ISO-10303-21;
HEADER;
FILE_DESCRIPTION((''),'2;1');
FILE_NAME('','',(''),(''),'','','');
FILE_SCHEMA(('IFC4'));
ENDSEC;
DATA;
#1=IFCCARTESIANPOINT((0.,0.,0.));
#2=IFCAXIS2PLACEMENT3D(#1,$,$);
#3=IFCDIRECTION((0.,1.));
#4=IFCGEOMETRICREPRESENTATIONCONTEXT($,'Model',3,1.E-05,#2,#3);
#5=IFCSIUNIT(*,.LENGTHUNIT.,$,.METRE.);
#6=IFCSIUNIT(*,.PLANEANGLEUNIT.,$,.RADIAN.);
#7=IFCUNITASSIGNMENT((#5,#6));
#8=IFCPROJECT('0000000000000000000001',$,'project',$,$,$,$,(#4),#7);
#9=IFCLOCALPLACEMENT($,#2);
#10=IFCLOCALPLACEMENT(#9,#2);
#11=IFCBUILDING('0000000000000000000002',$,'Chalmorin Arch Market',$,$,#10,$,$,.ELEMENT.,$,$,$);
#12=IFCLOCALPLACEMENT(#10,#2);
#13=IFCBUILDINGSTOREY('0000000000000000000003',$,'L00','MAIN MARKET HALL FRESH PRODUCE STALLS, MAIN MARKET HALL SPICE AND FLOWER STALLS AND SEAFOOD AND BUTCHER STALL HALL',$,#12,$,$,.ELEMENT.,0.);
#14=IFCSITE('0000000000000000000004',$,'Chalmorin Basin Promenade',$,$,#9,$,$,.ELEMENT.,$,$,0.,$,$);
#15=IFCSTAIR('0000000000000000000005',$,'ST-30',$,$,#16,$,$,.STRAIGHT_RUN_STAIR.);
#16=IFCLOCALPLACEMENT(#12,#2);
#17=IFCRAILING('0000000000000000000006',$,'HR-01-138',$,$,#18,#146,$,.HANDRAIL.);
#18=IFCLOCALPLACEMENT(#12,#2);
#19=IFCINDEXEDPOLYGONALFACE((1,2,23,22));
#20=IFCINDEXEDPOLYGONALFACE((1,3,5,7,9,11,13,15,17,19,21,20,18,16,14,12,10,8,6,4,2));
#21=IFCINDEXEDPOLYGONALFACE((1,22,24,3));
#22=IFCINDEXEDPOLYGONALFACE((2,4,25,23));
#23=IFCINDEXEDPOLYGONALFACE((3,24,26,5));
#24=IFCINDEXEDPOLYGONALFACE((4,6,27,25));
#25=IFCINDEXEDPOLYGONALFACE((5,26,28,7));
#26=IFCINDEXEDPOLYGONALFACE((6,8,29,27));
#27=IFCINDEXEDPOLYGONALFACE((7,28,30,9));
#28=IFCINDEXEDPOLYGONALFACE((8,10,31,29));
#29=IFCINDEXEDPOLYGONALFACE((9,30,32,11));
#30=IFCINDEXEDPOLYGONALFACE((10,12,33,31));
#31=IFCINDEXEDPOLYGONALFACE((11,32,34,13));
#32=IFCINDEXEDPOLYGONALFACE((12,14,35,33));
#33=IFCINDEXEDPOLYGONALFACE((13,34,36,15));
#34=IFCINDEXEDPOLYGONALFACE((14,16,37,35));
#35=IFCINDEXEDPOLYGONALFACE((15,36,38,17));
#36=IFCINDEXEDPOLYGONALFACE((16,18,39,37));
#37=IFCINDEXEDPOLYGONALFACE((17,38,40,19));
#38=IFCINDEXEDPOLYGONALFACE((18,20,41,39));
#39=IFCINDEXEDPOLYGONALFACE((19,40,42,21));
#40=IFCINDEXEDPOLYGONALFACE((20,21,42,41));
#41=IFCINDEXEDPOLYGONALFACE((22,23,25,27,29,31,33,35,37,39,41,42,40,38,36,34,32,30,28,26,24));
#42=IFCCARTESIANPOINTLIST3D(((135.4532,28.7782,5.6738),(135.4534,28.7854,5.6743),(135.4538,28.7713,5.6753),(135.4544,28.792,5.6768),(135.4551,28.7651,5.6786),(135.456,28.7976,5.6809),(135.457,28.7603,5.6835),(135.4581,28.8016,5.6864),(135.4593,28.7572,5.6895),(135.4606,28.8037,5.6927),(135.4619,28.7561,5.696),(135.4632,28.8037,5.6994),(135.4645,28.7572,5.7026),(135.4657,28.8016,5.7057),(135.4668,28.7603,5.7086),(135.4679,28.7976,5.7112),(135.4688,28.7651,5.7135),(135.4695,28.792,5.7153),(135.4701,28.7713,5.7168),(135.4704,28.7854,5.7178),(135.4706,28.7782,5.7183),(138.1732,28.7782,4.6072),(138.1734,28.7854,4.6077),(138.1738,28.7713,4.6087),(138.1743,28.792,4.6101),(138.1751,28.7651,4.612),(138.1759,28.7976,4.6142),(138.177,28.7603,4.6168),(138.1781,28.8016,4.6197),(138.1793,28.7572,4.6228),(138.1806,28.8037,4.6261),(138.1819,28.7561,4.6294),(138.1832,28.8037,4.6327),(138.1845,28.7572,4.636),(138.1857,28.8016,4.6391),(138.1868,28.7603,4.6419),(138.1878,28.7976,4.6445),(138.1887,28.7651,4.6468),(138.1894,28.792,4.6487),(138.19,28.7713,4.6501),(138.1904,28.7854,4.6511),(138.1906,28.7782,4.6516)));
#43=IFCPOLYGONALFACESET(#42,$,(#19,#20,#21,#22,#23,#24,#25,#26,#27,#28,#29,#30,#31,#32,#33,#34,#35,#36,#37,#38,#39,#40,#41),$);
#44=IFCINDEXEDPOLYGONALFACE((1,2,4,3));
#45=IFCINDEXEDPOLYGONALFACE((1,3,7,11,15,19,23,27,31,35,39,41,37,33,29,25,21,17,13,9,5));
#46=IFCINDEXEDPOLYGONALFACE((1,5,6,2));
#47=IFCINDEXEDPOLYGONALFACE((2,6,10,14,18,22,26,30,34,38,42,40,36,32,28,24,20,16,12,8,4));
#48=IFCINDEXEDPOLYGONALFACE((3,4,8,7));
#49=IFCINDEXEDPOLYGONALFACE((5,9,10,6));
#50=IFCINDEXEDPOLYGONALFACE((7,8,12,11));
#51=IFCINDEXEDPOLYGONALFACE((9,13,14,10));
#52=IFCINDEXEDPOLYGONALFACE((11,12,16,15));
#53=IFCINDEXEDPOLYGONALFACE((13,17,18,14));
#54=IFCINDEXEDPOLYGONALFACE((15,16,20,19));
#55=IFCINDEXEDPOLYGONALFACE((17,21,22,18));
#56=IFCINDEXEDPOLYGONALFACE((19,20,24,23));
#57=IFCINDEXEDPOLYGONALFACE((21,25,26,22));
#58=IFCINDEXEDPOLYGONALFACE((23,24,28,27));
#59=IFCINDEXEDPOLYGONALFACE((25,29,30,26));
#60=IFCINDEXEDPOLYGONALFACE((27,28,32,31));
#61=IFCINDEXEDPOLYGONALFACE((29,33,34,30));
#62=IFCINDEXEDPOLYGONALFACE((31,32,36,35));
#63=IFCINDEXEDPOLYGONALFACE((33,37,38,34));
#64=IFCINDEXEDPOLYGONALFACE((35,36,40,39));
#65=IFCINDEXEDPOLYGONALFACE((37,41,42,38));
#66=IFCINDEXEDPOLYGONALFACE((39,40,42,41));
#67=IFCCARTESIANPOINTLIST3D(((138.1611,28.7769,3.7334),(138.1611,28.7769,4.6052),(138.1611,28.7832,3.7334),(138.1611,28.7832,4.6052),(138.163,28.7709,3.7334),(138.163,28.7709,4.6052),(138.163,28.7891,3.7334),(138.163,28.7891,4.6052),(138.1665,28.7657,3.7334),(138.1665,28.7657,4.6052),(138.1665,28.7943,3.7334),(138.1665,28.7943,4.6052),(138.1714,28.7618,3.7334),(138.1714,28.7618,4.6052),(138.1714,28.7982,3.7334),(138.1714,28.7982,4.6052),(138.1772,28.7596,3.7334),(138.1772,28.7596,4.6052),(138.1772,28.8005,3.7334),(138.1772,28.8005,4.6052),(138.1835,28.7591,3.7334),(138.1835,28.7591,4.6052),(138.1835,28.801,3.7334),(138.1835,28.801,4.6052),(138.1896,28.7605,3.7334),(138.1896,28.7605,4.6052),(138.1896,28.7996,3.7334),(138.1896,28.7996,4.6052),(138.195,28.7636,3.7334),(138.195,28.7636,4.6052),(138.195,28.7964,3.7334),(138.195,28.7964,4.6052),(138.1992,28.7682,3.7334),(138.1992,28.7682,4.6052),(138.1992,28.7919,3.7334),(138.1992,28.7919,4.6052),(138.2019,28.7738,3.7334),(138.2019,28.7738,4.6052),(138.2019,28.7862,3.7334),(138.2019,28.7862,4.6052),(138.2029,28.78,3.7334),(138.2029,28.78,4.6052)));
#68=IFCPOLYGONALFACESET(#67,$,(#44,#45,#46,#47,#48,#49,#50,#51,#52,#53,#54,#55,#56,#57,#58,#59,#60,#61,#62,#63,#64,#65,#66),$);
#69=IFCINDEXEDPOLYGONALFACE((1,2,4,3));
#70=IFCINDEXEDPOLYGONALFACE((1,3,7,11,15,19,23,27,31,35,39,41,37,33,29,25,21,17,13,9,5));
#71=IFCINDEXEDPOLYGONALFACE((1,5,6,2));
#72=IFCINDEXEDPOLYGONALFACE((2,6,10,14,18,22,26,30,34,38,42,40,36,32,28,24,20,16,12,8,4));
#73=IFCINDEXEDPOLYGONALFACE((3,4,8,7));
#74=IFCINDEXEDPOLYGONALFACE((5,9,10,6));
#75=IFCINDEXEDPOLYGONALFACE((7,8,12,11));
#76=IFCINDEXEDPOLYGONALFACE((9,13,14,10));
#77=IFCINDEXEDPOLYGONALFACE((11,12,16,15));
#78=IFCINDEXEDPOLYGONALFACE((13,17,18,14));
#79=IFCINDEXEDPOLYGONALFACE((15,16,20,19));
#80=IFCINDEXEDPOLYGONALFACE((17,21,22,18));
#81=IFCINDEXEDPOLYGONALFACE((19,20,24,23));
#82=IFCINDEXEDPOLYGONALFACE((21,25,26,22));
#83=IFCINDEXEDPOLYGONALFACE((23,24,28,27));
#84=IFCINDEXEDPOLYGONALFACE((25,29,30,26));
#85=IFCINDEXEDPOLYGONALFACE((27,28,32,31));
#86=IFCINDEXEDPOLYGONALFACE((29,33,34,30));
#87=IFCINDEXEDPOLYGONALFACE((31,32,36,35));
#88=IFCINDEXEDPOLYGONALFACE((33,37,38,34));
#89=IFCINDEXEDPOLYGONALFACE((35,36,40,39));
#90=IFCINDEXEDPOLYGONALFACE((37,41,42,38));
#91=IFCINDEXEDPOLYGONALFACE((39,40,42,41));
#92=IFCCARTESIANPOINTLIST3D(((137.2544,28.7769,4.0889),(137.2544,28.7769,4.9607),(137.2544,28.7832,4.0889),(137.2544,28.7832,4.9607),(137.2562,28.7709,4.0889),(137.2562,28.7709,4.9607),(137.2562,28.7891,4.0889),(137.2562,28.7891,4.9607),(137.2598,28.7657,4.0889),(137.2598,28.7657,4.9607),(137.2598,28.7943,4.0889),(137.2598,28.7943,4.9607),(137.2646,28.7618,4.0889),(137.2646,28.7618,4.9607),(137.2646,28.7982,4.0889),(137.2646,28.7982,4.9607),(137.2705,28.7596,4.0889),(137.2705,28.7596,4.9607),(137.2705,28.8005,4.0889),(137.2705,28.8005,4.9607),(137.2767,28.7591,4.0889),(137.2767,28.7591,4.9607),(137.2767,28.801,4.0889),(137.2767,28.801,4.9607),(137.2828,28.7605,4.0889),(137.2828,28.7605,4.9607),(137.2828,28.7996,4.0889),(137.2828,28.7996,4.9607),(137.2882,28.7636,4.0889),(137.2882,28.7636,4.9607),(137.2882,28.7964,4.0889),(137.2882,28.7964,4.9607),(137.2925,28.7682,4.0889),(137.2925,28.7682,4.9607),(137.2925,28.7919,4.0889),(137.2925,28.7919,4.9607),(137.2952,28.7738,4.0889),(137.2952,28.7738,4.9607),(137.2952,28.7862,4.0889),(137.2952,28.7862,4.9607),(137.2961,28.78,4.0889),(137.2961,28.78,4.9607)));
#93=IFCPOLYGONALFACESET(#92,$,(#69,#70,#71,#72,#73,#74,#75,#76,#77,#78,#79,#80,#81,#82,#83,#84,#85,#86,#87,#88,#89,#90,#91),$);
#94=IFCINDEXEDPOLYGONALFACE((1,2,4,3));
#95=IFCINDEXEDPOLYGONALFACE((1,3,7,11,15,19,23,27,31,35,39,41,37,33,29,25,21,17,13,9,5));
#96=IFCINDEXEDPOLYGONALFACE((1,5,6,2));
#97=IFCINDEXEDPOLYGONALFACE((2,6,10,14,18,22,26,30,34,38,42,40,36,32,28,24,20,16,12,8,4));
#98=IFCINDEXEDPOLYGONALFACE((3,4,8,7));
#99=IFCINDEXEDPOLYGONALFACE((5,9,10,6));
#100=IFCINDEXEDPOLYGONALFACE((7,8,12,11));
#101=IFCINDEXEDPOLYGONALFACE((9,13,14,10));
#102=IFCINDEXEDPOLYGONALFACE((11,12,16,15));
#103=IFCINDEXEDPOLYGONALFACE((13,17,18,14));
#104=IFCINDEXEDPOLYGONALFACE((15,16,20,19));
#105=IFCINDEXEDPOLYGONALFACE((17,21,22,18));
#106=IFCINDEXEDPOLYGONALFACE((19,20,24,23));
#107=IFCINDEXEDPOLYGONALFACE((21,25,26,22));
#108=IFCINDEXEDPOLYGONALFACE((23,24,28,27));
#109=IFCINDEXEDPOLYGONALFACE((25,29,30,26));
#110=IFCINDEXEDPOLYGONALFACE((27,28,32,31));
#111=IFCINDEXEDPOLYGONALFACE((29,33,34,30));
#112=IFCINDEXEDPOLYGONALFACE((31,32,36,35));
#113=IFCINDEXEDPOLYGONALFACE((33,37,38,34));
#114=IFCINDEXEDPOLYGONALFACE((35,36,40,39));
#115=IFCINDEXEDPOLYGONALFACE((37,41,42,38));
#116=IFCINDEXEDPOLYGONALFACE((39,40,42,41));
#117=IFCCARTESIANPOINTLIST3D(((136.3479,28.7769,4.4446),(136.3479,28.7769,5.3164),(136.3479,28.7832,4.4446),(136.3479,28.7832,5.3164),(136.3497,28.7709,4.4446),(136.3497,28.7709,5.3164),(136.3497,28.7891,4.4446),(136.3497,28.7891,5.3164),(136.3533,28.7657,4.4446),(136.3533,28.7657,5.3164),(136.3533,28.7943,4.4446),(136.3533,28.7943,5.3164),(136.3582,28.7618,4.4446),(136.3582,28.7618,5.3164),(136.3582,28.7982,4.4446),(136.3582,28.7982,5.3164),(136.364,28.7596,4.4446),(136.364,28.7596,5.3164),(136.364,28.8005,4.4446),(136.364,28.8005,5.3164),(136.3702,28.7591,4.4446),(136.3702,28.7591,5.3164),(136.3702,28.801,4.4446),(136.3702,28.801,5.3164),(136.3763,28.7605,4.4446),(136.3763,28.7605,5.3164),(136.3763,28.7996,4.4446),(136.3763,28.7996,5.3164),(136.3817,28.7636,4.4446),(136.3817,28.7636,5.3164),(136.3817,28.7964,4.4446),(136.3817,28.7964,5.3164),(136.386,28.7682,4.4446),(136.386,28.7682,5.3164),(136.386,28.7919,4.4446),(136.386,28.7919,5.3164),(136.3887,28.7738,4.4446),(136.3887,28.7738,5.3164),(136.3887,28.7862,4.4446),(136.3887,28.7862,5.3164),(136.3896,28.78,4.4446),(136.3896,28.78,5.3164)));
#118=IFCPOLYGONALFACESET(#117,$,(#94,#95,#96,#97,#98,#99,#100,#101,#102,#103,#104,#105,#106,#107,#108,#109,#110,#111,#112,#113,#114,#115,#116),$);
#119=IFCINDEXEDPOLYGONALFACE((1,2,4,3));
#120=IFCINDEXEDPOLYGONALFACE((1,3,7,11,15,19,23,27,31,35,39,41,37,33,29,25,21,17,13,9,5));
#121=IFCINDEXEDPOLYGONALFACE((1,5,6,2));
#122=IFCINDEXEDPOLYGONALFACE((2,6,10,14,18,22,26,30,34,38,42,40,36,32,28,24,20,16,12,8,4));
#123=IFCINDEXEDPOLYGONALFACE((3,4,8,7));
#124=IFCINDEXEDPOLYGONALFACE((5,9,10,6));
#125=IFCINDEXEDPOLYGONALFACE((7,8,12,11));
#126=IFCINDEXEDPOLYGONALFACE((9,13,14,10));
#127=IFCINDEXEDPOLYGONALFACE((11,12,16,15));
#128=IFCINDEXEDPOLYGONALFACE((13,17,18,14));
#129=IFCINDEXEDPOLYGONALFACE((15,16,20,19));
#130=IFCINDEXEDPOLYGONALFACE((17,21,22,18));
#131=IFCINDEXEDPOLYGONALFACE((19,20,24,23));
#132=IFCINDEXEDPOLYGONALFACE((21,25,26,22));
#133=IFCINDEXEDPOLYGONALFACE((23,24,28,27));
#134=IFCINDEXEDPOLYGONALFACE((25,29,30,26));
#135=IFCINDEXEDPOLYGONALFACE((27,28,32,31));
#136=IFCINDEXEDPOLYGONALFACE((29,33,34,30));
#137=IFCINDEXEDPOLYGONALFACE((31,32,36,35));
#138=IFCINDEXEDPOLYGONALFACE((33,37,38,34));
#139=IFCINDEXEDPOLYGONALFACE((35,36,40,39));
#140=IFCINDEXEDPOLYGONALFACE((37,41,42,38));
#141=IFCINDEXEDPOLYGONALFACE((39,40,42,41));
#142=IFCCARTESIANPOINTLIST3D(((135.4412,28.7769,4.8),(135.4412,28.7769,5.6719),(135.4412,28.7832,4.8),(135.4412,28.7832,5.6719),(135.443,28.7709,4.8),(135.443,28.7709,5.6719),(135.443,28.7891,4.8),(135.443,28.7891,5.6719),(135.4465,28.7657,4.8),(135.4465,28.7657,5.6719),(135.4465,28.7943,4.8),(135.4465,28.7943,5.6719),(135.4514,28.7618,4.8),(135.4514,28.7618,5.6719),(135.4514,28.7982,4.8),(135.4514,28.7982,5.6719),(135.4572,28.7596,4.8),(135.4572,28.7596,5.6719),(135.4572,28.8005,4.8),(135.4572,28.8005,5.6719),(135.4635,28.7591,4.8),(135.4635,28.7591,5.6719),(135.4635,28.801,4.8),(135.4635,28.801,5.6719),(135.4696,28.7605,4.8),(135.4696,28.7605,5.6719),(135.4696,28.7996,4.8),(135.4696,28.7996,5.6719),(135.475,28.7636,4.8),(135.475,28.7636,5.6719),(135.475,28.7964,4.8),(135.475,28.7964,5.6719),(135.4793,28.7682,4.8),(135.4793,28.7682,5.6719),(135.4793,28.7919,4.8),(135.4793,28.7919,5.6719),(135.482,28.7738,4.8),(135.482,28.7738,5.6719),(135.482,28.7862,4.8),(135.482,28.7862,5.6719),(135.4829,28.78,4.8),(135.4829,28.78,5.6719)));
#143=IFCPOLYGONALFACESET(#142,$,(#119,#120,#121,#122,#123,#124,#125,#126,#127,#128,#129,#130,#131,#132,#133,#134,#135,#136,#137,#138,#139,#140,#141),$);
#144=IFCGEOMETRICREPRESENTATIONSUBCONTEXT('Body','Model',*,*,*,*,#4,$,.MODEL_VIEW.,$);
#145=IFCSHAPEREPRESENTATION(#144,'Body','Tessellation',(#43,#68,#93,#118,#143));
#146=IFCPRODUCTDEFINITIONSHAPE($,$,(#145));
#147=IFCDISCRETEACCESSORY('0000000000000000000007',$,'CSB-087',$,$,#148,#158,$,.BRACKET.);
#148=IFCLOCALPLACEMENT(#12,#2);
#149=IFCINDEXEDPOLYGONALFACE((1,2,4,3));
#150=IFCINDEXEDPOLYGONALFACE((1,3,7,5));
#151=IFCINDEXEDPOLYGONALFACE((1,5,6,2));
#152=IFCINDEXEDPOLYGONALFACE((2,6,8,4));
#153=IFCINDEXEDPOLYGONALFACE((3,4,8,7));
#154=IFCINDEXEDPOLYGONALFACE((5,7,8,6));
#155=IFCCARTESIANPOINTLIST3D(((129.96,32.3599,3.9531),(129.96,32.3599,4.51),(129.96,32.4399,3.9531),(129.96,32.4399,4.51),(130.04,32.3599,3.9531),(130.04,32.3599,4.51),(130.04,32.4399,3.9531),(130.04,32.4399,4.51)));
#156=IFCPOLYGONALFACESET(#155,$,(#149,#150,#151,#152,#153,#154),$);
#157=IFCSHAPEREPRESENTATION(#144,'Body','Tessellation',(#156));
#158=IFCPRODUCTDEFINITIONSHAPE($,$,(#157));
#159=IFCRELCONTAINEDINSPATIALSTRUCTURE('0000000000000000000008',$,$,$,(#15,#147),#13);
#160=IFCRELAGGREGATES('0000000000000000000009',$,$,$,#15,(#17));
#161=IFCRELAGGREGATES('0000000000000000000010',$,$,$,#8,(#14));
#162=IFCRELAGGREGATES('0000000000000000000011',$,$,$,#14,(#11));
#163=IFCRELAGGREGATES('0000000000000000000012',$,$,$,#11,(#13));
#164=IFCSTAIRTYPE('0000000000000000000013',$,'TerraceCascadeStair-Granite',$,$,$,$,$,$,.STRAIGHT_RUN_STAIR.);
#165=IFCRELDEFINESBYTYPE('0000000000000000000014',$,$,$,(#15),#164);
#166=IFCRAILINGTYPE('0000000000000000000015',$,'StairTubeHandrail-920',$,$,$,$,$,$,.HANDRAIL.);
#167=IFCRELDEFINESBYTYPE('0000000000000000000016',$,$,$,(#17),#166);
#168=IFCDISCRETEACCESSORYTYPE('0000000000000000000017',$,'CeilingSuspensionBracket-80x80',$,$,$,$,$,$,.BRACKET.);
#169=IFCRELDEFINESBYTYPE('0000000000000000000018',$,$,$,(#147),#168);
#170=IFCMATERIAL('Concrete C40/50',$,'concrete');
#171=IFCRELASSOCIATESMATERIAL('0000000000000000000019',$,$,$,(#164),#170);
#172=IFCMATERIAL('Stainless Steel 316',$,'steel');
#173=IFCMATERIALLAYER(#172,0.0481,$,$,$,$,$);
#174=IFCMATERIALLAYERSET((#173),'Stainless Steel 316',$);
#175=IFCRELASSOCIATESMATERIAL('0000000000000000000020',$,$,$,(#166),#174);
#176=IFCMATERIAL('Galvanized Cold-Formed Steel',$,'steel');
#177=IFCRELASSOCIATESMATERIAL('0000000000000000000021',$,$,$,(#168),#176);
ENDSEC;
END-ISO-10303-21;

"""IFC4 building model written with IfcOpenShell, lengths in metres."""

from ifc_helpers import new_model, si_unit, direction, frame, origin, origin_2d, place, context, subcontext, project, spatial, rectangle, circle, extrude, material, layer, layer_set, type_object, element, aggregate, save


model = new_model("IFC4")

# Units and contexts
model_context = context("Model", 3, precision=1e-05, world=origin(), true_north=direction((0.0, 1.0)))
body_context = subcontext(model_context, "Body", "Model", "MODEL_VIEW")
ifc_project = project(units=[si_unit("LENGTHUNIT", "METRE"), si_unit("PLANEANGLEUNIT", "RADIAN")], contexts=[model_context])

# Site, building, storey
site_placement = place(None, origin())
site = spatial("IfcSite", under=ifc_project, at=site_placement, Name="Chalmorin Basin Promenade", CompositionType="ELEMENT", RefElevation=0.0)
building_placement = place(site_placement, origin())
building = spatial("IfcBuilding", under=site, at=building_placement, Name="Chalmorin Arch Market", CompositionType="ELEMENT")
storey_placement = place(building_placement, origin())
storey = spatial("IfcBuildingStorey", under=building, at=storey_placement, Name="L00", Description="MAIN MARKET HALL FRESH PRODUCE STALLS, MAIN MARKET HALL SPICE AND FLOWER STALLS AND SEAFOOD AND BUTCHER STALL HALL", CompositionType="ELEMENT", Elevation=0.0)

# Shared definitions
ifc_material_1 = material(Name="Concrete C40/50", Category="concrete")

# Stair, railing
stair_type = type_object("IfcStairType", Name="TerraceCascadeStair-Granite", PredefinedType="STRAIGHT_RUN_STAIR", material=ifc_material_1)
stair_placement = place(storey_placement, origin())
stair = element("IfcStair", 1, at=stair_placement, inside=storey, type_object=stair_type, Name="ST-30", PredefinedType="STRAIGHT_RUN_STAIR")
ifc_material_2 = material(Name="Stainless Steel 316", Category="steel")
ifc_layer_1 = layer(ifc_material_2, 0.0481)
ifc_layer_set_1 = layer_set([ifc_layer_1], Name="Stainless Steel 316")
railing_type = type_object("IfcRailingType", Name="StairTubeHandrail-920", PredefinedType="HANDRAIL", material=ifc_layer_set_1)
railing_1_placement = place(storey_placement, frame((138.1819, 28.78, 3.7334)))
railing_1 = element("IfcRailing", 2, at=railing_1_placement, type_object=railing_type, Name="HR-01-138", PredefinedType="HANDRAIL", context=body_context, shape_type="SweptSolid", body=[
    extrude(circle(Radius=0.0239, at=origin_2d()), frame((0.0, 0.0, 0.896), z_axis=(-0.930974, 0.0, 0.365086), x_axis=(0.0, -1.0, 0.0)), (0.0, 0.0, 1.0), 2.9216),
    extrude(circle(Radius=0.021, at=origin_2d()), origin(), (0.0, 0.0, 1.0), 0.8718),
    extrude(circle(Radius=0.021, at=origin_2d()), frame((-0.9067, 0.0, 0.3555)), (0.0, 0.0, 1.0), 0.8718),
    extrude(circle(Radius=0.021, at=origin_2d()), frame((-1.8132, 0.0, 0.7112)), (0.0, 0.0, 1.0), 0.8718),
    extrude(circle(Radius=0.021, at=origin_2d()), frame((-2.72, 0.0, 1.0667)), (0.0, 0.0, 1.0), 0.8718),
])
aggregate(stair, [railing_1])

# Discrete accessory
ifc_material_3 = material(Name="Galvanized Cold-Formed Steel", Category="steel")
discrete_accessory_type = type_object("IfcDiscreteAccessoryType", Name="CeilingSuspensionBracket-80x80", PredefinedType="BRACKET", material=ifc_material_3)
discrete_accessory_placement = place(storey_placement, frame((130.0, 32.3999, 3.9531), z_axis=(0.0, 0.0, 1.0), x_axis=(1.0, 0.0, 0.0)))
element("IfcDiscreteAccessory", 3, at=discrete_accessory_placement, inside=storey, type_object=discrete_accessory_type, Name="CSB-087", PredefinedType="BRACKET", context=body_context, shape_type="SweptSolid", body=[
    extrude(rectangle(XDim=0.0801, YDim=0.0801, at=origin_2d()), origin(), (0.0, 0.0, 1.0), 0.5569),
])

save(model, "model.ifc")
